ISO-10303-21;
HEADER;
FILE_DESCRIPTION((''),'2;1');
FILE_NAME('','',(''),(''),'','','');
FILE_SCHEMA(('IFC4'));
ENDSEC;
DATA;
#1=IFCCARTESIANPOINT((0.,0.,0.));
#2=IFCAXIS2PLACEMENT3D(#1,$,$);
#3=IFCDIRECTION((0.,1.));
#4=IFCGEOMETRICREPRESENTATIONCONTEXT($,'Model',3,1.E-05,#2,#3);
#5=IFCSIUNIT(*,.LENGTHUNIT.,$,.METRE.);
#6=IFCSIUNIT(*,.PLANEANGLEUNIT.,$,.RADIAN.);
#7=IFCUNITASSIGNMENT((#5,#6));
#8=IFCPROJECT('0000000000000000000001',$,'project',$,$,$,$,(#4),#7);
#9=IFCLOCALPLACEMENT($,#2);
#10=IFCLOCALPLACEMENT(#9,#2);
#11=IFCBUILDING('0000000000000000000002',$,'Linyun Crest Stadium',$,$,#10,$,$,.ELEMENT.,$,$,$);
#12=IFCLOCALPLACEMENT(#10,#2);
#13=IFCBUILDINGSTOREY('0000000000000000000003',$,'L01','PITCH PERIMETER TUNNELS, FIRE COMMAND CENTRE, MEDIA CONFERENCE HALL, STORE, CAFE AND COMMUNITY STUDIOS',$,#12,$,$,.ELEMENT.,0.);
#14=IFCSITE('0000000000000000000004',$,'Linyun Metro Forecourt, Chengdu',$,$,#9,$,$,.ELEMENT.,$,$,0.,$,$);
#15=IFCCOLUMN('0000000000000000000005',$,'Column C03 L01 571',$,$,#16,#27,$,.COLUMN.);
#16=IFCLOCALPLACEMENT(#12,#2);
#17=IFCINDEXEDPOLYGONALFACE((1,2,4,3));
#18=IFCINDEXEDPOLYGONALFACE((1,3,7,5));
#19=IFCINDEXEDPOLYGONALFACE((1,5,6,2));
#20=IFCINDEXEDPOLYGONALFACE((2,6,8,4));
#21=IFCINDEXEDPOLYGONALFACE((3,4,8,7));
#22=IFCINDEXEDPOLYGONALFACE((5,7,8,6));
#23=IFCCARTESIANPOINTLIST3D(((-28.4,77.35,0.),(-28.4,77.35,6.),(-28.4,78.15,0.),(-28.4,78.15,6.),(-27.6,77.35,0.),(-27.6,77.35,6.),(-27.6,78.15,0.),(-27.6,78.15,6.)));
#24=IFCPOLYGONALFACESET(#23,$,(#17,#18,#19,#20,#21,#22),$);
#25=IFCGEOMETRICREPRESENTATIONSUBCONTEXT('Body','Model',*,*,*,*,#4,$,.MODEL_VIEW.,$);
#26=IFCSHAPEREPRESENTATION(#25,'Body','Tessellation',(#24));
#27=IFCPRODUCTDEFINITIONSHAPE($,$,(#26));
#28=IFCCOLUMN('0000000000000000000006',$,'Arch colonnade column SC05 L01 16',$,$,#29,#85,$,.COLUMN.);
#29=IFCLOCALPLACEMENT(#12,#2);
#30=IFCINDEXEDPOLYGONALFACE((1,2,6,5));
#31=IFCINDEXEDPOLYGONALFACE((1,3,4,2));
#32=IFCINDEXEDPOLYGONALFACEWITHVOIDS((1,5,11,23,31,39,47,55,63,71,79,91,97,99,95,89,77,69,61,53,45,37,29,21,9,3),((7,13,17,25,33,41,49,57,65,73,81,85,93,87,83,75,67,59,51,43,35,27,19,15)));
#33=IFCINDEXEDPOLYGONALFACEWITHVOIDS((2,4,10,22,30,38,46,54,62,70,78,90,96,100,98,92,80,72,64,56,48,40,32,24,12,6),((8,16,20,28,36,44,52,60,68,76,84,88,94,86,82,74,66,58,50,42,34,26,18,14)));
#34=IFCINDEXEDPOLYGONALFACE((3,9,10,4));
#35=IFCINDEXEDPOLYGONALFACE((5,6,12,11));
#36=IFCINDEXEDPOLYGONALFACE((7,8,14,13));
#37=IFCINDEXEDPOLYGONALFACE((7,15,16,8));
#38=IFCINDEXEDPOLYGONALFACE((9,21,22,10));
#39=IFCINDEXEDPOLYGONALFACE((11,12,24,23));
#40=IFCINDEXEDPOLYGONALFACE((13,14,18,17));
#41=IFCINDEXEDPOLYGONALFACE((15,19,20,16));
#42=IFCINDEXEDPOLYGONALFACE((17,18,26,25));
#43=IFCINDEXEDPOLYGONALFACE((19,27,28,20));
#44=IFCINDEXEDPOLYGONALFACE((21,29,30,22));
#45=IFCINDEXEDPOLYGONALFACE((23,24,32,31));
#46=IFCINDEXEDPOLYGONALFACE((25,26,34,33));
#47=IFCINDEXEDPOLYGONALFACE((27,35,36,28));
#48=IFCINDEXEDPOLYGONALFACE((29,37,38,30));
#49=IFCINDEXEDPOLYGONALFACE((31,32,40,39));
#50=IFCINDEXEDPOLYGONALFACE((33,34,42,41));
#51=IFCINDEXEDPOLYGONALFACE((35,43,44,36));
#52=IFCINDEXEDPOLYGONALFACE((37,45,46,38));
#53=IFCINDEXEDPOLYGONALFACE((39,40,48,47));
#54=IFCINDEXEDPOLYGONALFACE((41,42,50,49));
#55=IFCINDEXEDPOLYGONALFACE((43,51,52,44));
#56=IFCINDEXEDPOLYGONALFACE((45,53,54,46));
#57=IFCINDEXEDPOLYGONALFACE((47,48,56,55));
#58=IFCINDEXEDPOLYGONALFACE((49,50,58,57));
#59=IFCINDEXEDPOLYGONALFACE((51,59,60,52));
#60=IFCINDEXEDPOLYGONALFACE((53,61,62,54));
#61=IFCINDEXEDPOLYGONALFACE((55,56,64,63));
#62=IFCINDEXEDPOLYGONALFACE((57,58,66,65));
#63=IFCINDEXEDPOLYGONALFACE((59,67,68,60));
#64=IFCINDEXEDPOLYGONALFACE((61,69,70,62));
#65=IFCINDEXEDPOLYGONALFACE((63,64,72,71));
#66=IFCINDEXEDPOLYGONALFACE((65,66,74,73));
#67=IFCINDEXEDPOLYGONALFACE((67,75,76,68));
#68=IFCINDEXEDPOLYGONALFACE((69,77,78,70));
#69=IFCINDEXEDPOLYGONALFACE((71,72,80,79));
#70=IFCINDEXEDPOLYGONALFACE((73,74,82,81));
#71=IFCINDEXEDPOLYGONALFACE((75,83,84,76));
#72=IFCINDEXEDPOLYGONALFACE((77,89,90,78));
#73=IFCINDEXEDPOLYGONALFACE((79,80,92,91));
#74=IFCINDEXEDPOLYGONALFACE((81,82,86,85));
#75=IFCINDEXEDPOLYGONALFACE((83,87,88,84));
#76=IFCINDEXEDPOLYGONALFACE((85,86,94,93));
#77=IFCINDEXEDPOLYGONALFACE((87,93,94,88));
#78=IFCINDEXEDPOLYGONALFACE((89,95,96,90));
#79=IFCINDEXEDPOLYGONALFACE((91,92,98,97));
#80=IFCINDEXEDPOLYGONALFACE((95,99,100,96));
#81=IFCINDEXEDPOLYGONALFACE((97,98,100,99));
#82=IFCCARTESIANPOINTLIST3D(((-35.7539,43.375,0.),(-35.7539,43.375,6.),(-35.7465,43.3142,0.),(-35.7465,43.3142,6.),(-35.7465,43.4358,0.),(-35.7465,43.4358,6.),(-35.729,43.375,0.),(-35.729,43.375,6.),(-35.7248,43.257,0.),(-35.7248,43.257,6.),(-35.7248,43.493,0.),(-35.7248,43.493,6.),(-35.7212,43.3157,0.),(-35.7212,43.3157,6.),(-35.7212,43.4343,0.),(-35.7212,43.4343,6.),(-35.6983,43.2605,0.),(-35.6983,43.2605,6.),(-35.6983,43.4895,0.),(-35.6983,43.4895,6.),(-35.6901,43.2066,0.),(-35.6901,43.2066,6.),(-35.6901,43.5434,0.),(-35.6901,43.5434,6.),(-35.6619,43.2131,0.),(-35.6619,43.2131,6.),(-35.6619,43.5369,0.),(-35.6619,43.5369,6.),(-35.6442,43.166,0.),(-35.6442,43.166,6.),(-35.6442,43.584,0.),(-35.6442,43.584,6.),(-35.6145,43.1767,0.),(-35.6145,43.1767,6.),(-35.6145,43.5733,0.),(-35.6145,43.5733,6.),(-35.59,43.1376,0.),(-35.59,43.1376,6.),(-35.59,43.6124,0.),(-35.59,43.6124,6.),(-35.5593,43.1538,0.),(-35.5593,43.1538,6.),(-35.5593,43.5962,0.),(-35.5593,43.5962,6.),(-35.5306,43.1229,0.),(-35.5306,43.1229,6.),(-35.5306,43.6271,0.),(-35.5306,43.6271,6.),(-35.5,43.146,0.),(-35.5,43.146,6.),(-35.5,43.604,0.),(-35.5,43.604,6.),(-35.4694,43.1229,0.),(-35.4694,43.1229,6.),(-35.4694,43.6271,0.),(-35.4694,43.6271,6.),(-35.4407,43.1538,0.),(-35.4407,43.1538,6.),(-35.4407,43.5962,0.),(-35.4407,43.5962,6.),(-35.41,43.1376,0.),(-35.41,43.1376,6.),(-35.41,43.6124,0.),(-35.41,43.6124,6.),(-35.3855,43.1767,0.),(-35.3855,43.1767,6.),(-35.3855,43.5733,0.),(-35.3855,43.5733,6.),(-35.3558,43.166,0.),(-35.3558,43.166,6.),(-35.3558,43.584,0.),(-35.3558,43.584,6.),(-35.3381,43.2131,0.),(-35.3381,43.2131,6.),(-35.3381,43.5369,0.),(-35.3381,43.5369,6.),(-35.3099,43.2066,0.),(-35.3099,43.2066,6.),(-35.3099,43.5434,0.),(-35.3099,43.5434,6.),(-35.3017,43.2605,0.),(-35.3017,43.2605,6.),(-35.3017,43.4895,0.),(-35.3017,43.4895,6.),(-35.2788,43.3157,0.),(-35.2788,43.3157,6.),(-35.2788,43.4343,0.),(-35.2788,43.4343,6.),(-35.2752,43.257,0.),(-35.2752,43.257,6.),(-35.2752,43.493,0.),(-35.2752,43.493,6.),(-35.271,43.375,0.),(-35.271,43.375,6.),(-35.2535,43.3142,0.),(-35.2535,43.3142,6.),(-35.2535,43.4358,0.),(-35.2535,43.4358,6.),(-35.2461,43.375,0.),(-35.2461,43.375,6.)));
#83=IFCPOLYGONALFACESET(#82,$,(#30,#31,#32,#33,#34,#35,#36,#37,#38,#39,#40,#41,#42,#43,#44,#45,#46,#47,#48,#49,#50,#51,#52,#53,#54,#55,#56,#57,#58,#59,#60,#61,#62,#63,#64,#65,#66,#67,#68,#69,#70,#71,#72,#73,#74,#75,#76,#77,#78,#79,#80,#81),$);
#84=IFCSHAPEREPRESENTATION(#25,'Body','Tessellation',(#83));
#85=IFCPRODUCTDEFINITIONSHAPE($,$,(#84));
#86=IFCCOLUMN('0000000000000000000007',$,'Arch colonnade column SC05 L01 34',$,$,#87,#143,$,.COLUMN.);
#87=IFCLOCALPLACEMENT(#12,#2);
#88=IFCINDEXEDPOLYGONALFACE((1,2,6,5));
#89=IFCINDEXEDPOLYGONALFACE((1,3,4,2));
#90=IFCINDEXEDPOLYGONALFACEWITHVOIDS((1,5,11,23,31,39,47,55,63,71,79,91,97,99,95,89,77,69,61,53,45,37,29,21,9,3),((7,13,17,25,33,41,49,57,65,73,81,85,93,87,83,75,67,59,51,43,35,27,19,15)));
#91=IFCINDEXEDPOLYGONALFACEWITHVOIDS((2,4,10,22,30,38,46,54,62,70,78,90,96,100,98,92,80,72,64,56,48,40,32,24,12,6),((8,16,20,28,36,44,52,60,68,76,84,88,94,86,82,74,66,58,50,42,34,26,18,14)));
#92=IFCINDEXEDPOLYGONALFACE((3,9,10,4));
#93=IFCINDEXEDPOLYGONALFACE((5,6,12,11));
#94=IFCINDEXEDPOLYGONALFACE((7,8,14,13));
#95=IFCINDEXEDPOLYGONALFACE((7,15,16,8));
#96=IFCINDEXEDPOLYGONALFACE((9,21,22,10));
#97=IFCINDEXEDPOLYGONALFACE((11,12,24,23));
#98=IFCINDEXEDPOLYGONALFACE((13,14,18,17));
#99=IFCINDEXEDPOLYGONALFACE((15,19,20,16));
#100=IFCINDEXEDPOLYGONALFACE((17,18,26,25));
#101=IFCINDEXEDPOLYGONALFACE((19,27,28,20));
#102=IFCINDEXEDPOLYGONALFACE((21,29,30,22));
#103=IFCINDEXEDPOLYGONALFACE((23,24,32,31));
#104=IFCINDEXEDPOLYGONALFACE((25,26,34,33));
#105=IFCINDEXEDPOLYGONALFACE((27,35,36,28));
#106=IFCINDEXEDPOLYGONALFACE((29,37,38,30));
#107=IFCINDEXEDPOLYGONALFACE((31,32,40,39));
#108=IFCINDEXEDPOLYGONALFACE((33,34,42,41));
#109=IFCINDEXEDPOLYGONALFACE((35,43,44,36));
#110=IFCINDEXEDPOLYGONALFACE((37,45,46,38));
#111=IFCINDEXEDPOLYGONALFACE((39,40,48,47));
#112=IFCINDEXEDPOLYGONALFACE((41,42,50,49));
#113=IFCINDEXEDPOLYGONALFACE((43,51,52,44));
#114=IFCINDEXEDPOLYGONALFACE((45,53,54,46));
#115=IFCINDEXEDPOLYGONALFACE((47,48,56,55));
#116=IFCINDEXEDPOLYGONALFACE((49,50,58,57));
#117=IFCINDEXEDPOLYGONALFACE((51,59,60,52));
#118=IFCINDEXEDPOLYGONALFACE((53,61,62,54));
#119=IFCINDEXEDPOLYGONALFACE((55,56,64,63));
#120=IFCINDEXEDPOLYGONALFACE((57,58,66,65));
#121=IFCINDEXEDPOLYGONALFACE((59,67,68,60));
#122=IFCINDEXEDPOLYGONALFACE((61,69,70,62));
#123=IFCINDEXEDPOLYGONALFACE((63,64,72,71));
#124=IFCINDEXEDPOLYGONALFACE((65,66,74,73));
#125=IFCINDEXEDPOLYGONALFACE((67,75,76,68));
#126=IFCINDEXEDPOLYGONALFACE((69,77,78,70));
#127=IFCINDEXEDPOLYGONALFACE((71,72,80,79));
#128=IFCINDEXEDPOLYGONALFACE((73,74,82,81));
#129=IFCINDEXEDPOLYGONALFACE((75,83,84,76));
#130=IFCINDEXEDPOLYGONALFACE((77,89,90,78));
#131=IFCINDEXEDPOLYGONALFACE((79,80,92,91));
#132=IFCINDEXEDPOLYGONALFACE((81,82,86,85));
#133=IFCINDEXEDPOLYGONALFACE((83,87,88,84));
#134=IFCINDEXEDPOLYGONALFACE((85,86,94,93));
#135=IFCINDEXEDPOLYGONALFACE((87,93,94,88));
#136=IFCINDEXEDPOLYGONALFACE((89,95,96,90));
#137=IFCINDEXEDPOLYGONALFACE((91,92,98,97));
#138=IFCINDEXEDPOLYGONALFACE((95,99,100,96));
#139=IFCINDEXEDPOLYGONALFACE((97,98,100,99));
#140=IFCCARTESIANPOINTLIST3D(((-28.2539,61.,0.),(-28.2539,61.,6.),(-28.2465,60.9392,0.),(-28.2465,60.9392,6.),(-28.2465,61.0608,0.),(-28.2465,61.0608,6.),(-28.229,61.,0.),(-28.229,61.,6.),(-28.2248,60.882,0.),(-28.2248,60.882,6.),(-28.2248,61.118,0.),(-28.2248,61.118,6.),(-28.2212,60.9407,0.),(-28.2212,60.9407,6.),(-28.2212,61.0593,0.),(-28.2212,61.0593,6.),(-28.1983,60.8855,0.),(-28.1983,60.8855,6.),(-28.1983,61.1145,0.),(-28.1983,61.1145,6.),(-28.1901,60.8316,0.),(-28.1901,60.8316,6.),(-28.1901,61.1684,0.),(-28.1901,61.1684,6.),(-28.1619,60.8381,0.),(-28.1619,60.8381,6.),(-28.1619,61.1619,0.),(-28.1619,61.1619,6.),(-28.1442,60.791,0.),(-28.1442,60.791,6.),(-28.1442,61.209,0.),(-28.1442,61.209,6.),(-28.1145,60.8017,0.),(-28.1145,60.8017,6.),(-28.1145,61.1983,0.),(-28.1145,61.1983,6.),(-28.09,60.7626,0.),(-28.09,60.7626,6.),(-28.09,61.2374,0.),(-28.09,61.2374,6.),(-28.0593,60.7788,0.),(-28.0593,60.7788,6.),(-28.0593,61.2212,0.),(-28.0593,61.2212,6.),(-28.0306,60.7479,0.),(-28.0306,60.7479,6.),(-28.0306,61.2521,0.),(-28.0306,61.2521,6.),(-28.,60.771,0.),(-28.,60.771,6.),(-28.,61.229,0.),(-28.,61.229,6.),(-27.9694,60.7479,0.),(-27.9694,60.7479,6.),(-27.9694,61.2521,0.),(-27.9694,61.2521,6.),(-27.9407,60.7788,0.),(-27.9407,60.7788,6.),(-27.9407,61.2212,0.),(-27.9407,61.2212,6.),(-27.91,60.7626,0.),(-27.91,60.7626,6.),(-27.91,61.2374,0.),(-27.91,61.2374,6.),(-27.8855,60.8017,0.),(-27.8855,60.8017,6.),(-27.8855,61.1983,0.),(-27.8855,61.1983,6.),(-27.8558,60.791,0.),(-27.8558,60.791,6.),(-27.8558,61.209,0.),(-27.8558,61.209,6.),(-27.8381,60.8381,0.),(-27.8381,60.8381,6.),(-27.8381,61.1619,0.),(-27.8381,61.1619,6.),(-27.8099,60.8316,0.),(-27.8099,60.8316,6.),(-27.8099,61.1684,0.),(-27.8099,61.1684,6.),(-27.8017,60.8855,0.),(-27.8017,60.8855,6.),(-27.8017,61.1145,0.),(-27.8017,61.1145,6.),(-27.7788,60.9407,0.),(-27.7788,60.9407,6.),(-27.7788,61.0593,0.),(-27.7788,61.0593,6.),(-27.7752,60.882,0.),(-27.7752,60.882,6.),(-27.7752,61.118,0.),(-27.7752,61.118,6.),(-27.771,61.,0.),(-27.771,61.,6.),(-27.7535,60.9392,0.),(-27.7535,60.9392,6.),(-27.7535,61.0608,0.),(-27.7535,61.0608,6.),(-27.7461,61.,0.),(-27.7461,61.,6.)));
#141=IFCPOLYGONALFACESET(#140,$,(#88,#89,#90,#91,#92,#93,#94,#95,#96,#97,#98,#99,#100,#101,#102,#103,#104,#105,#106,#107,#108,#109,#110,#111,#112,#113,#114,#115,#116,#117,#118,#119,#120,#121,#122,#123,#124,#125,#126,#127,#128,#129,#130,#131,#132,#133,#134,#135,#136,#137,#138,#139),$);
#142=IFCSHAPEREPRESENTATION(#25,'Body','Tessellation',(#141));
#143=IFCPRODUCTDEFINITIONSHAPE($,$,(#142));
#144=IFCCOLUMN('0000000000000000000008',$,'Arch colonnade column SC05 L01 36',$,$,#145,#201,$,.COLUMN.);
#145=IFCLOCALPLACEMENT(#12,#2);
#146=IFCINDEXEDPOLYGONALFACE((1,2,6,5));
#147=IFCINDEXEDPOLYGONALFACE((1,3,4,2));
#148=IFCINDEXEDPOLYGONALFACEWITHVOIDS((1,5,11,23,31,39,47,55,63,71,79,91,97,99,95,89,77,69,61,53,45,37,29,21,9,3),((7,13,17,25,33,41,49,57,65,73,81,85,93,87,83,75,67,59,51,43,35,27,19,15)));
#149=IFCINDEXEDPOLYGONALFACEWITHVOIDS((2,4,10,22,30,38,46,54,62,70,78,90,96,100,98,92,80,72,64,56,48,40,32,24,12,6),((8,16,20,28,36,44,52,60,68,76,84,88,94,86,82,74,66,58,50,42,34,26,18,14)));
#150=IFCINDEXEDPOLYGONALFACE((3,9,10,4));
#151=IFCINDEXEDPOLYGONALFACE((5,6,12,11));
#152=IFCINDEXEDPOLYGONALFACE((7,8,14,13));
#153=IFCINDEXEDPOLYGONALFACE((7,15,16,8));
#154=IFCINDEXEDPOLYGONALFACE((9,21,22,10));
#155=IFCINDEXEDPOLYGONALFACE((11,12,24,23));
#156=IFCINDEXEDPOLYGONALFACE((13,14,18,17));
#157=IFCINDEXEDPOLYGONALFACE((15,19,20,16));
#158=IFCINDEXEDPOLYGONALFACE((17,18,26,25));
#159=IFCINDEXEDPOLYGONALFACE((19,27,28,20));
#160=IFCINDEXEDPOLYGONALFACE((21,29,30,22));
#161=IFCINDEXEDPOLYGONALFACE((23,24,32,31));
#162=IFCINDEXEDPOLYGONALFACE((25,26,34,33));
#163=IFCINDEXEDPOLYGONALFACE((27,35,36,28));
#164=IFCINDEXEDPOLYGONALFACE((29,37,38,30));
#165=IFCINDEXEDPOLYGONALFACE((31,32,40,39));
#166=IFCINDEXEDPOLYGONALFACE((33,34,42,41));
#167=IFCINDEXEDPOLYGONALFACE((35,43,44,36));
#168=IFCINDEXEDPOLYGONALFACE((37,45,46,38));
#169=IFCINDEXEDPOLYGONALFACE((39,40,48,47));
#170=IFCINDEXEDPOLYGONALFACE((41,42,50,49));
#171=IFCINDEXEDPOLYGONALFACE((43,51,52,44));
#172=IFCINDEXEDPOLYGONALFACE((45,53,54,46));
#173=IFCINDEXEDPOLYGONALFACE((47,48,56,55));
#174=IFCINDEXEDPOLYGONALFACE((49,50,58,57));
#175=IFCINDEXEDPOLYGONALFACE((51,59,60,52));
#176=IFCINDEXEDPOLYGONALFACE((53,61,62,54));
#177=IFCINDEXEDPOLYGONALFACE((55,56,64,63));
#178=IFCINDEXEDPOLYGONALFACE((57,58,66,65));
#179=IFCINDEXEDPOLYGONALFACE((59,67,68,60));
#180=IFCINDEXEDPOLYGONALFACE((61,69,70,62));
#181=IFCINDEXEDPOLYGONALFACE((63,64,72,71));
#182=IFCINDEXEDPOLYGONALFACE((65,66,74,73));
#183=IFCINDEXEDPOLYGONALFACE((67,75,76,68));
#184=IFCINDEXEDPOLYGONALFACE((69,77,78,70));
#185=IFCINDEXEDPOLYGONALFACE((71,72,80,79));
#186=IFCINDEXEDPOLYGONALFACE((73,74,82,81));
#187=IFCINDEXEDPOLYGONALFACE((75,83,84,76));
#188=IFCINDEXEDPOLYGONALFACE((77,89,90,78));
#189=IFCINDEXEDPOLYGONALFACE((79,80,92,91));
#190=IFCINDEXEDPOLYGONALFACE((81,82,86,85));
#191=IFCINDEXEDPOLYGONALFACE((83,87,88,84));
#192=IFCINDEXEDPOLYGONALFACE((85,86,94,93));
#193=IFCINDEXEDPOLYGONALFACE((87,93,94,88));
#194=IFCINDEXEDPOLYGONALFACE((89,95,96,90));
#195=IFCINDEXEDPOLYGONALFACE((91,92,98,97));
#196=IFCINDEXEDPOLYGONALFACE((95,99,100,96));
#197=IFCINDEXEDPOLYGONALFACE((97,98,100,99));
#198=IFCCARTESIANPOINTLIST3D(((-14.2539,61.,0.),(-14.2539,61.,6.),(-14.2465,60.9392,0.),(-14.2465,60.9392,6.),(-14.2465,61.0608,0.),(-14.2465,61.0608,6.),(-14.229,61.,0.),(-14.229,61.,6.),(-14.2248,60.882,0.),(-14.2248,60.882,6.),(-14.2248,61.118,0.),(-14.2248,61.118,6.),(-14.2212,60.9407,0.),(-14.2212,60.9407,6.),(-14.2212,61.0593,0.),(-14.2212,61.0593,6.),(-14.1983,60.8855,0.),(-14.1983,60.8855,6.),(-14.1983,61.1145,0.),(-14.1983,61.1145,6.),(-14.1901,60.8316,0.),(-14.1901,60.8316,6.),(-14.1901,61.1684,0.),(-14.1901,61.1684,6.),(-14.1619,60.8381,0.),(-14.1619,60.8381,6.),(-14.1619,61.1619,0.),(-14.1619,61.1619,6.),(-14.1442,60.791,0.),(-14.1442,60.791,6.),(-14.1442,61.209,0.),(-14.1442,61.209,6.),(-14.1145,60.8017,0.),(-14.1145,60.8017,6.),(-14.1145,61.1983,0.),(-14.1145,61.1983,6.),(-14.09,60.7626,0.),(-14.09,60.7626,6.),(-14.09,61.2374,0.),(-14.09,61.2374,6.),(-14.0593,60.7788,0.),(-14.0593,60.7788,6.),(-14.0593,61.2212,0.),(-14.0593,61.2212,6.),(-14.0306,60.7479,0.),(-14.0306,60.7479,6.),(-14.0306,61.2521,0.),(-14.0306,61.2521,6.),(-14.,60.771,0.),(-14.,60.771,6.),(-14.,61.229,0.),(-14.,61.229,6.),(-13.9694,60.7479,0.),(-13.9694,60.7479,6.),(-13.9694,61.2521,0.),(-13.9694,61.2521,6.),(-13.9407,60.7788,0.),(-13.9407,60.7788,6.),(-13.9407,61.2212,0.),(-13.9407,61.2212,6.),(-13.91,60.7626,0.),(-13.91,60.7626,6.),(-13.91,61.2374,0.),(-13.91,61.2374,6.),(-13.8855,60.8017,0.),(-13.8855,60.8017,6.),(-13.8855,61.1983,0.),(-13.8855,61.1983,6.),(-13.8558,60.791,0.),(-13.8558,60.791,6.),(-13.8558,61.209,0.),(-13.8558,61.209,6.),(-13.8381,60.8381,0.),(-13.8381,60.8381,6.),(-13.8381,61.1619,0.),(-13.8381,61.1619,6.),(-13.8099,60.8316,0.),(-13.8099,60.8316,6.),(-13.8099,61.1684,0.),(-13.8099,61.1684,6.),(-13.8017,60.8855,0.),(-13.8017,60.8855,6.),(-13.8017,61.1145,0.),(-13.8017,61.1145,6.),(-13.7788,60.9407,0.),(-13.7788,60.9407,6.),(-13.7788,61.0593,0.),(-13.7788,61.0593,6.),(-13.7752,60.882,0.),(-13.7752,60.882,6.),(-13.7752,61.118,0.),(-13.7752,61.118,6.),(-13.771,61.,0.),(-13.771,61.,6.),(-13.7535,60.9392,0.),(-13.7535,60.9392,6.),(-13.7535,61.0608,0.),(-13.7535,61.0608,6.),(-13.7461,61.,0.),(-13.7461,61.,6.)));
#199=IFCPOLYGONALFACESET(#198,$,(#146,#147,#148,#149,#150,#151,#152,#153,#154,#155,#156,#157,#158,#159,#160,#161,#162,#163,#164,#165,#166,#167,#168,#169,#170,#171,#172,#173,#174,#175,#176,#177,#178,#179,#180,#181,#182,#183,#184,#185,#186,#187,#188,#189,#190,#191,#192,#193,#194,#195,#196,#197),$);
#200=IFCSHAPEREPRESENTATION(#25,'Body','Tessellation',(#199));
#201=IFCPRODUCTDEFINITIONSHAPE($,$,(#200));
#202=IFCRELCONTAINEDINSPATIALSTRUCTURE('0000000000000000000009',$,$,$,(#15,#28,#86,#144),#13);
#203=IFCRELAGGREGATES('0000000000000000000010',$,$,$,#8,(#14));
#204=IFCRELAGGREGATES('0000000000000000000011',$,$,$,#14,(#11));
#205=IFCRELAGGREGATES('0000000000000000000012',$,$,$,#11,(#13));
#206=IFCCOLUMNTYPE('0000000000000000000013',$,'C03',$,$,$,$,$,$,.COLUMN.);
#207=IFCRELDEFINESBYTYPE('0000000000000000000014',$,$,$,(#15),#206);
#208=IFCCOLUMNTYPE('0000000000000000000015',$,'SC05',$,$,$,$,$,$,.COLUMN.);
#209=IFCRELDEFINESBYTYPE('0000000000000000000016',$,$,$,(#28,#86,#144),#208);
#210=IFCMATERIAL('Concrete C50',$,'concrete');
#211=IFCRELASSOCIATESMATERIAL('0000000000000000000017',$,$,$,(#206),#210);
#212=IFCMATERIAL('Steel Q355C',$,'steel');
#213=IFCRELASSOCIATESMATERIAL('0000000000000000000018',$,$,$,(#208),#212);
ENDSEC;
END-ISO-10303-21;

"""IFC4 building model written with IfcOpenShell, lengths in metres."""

from ifc_helpers import new_model, si_unit, direction, frame, origin, origin_2d, place, context, subcontext, project, spatial, rectangle, hollow_circle, extrude, material, material_profile, profile_set, type_object, element, save


model = new_model("IFC4")

# Units and contexts
model_context = context("Model", 3, precision=1e-05, world=origin(), true_north=direction((0.0, 1.0)))
body_context = subcontext(model_context, "Body", "Model", "MODEL_VIEW")
ifc_project = project(units=[si_unit("LENGTHUNIT", "METRE"), si_unit("PLANEANGLEUNIT", "RADIAN")], contexts=[model_context])

# Site, building, storey
site_placement = place(None, origin())
site = spatial("IfcSite", under=ifc_project, at=site_placement, Name="Linyun Metro Forecourt, Chengdu", CompositionType="ELEMENT", RefElevation=0.0)
building_placement = place(site_placement, origin())
building = spatial("IfcBuilding", under=site, at=building_placement, Name="Linyun Crest Stadium", CompositionType="ELEMENT")
storey_placement = place(building_placement, origin())
storey = spatial("IfcBuildingStorey", under=building, at=storey_placement, Name="L01", Description="PITCH PERIMETER TUNNELS, FIRE COMMAND CENTRE, MEDIA CONFERENCE HALL, STORE, CAFE AND COMMUNITY STUDIOS", CompositionType="ELEMENT", Elevation=0.0)

# Columns
ifc_material_1 = material(Name="Concrete C50", Category="concrete")
ifc_material_profile_1 = material_profile(ifc_material_1, rectangle(XDim=0.8, YDim=0.8, at=origin_2d()), Name="RC 800x800")
ifc_profile_set_1 = profile_set([ifc_material_profile_1], Name="Concrete C50")
column_type_1 = type_object("IfcColumnType", Name="C03", PredefinedType="COLUMN", material=ifc_profile_set_1)
column_placement = place(storey_placement, frame((-28.0, 77.75, 0.0), z_axis=(0.0, 0.0, 1.0), x_axis=(1.0, 0.0, 0.0)))
element("IfcColumn", 1, at=column_placement, inside=storey, type_object=column_type_1, Name="Column C03 L01 571", PredefinedType="COLUMN", context=body_context, shape_type="SweptSolid", body=[
    extrude(rectangle(XDim=0.8, YDim=0.8, at=origin_2d()), origin(), (0.0, 0.0, 1.0), 6.0),
])
ifc_material_2 = material(Name="Steel Q355C", Category="steel")
ifc_material_profile_2 = material_profile(ifc_material_2, hollow_circle(Radius=0.2539, WallThickness=0.0249, at=origin_2d()), Name="CHS 508x25")
ifc_profile_set_2 = profile_set([ifc_material_profile_2], Name="Steel Q355C")
column_type_2 = type_object("IfcColumnType", Name="SC05", PredefinedType="COLUMN", material=ifc_profile_set_2)
for number, where, z_axis, x_axis, name in (
    (2, (-35.5, 43.375, 0.0), (0.0, 0.0, 1.0), (1.0, 0.0, 0.0), "Arch colonnade column SC05 L01 16"),
    (3, (-28.0, 61.0, 0.0), (0.0, 0.0, 1.0), (1.0, 0.0, 0.0), "Arch colonnade column SC05 L01 34"),
    (4, (-14.0, 61.0, 0.0), (0.0, 0.0, 1.0), (1.0, 0.0, 0.0), "Arch colonnade column SC05 L01 36"),
):
    element("IfcColumn", number, at=place(storey_placement, frame(where, z_axis=z_axis, x_axis=x_axis)), inside=storey, type_object=column_type_2, Name=name, PredefinedType="COLUMN", context=body_context, shape_type="SweptSolid", body=[
        extrude(hollow_circle(Radius=0.2539, WallThickness=0.0249, at=origin_2d()), origin(), (0.0, 0.0, 1.0), 6.0),
    ])

save(model, "model.ifc")
